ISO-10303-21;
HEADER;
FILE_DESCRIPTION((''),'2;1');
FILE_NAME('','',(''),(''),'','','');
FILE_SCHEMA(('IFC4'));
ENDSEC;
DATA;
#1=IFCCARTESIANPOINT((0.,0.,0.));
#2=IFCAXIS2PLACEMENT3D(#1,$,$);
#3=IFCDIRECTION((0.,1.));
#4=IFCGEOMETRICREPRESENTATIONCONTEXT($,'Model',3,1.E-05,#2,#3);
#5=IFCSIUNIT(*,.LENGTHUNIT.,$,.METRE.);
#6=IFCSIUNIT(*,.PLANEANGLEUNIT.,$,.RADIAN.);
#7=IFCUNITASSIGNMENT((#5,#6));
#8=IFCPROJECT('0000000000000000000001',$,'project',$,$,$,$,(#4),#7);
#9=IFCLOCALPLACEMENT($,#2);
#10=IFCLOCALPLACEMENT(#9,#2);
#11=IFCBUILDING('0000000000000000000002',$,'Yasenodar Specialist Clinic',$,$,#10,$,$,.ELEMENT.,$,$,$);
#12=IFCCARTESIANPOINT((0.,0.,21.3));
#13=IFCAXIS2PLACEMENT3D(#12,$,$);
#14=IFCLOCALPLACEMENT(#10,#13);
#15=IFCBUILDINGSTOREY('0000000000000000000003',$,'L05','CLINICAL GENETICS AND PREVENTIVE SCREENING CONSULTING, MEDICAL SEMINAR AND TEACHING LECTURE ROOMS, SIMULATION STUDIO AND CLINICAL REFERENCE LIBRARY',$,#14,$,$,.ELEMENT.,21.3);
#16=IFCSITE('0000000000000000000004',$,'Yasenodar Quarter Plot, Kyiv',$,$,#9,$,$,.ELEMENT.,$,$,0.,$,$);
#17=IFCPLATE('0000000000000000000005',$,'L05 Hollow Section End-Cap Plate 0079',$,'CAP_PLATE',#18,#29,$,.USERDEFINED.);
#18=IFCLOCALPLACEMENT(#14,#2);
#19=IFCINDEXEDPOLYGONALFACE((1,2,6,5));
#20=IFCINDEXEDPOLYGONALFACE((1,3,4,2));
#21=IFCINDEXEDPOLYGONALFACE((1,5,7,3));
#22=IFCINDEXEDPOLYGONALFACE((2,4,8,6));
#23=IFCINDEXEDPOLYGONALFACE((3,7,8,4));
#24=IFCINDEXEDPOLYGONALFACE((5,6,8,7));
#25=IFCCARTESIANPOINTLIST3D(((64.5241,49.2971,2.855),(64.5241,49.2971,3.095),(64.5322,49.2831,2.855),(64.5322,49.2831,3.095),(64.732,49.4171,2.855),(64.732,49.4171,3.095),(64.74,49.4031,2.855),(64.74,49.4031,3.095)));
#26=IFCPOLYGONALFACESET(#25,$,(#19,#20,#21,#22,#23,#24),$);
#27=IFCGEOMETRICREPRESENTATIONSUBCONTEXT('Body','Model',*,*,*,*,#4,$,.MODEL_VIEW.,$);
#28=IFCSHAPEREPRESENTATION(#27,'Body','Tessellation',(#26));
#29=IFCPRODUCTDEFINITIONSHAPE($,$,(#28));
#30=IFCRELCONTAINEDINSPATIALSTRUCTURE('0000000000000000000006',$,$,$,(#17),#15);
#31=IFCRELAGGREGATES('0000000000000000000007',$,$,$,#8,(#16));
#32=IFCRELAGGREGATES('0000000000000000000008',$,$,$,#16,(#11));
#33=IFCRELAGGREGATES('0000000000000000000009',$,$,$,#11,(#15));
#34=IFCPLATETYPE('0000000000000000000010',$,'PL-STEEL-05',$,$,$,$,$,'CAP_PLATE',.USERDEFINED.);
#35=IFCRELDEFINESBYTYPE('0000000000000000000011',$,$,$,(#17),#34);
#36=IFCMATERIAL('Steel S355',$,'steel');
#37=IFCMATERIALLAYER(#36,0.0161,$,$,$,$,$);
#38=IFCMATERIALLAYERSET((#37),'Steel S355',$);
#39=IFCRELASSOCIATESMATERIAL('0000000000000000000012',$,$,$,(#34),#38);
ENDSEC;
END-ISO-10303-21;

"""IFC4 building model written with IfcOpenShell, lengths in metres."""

from ifc_helpers import new_model, si_unit, direction, frame, origin, origin_2d, place, context, subcontext, project, spatial, rectangle, extrude, material, layer, layer_set, type_object, element, save


model = new_model("IFC4")

# Units and contexts
model_context = context("Model", 3, precision=1e-05, world=origin(), true_north=direction((0.0, 1.0)))
body_context = subcontext(model_context, "Body", "Model", "MODEL_VIEW")
ifc_project = project(units=[si_unit("LENGTHUNIT", "METRE"), si_unit("PLANEANGLEUNIT", "RADIAN")], contexts=[model_context])

# Site, building, storey
site_placement = place(None, origin())
site = spatial("IfcSite", under=ifc_project, at=site_placement, Name="Yasenodar Quarter Plot, Kyiv", CompositionType="ELEMENT", RefElevation=0.0)
building_placement = place(site_placement, origin())
building = spatial("IfcBuilding", under=site, at=building_placement, Name="Yasenodar Specialist Clinic", CompositionType="ELEMENT")
storey_placement = place(building_placement, frame((0.0, 0.0, 21.3)))
storey = spatial("IfcBuildingStorey", under=building, at=storey_placement, Name="L05", Description="CLINICAL GENETICS AND PREVENTIVE SCREENING CONSULTING, MEDICAL SEMINAR AND TEACHING LECTURE ROOMS, SIMULATION STUDIO AND CLINICAL REFERENCE LIBRARY", CompositionType="ELEMENT", Elevation=21.3)

# Shared definitions
ifc_material_1 = material(Name="Steel S355", Category="steel")

# Plate
ifc_layer_1 = layer(ifc_material_1, 0.0161)
ifc_layer_set_1 = layer_set([ifc_layer_1], Name="Steel S355")
plate_type_1 = type_object("IfcPlateType", Name="PL-STEEL-05", ElementType="CAP_PLATE", PredefinedType="USERDEFINED", material=ifc_layer_set_1)
plate_1_placement = place(storey_placement, frame((64.6321, 49.3501, 2.855), z_axis=(0.0, 0.0, 1.0), x_axis=(-0.866025, -0.5, 0.0)))
element("IfcPlate", 1, at=plate_1_placement, inside=storey, type_object=plate_type_1, Name="L05 Hollow Section End-Cap Plate 0079", ObjectType="CAP_PLATE", PredefinedType="USERDEFINED", context=body_context, shape_type="SweptSolid", body=[
    extrude(rectangle(XDim=0.24, YDim=0.0161, at=origin_2d()), origin(), (0.0, 0.0, 1.0), 0.24),
])

save(model, "model.ifc")
